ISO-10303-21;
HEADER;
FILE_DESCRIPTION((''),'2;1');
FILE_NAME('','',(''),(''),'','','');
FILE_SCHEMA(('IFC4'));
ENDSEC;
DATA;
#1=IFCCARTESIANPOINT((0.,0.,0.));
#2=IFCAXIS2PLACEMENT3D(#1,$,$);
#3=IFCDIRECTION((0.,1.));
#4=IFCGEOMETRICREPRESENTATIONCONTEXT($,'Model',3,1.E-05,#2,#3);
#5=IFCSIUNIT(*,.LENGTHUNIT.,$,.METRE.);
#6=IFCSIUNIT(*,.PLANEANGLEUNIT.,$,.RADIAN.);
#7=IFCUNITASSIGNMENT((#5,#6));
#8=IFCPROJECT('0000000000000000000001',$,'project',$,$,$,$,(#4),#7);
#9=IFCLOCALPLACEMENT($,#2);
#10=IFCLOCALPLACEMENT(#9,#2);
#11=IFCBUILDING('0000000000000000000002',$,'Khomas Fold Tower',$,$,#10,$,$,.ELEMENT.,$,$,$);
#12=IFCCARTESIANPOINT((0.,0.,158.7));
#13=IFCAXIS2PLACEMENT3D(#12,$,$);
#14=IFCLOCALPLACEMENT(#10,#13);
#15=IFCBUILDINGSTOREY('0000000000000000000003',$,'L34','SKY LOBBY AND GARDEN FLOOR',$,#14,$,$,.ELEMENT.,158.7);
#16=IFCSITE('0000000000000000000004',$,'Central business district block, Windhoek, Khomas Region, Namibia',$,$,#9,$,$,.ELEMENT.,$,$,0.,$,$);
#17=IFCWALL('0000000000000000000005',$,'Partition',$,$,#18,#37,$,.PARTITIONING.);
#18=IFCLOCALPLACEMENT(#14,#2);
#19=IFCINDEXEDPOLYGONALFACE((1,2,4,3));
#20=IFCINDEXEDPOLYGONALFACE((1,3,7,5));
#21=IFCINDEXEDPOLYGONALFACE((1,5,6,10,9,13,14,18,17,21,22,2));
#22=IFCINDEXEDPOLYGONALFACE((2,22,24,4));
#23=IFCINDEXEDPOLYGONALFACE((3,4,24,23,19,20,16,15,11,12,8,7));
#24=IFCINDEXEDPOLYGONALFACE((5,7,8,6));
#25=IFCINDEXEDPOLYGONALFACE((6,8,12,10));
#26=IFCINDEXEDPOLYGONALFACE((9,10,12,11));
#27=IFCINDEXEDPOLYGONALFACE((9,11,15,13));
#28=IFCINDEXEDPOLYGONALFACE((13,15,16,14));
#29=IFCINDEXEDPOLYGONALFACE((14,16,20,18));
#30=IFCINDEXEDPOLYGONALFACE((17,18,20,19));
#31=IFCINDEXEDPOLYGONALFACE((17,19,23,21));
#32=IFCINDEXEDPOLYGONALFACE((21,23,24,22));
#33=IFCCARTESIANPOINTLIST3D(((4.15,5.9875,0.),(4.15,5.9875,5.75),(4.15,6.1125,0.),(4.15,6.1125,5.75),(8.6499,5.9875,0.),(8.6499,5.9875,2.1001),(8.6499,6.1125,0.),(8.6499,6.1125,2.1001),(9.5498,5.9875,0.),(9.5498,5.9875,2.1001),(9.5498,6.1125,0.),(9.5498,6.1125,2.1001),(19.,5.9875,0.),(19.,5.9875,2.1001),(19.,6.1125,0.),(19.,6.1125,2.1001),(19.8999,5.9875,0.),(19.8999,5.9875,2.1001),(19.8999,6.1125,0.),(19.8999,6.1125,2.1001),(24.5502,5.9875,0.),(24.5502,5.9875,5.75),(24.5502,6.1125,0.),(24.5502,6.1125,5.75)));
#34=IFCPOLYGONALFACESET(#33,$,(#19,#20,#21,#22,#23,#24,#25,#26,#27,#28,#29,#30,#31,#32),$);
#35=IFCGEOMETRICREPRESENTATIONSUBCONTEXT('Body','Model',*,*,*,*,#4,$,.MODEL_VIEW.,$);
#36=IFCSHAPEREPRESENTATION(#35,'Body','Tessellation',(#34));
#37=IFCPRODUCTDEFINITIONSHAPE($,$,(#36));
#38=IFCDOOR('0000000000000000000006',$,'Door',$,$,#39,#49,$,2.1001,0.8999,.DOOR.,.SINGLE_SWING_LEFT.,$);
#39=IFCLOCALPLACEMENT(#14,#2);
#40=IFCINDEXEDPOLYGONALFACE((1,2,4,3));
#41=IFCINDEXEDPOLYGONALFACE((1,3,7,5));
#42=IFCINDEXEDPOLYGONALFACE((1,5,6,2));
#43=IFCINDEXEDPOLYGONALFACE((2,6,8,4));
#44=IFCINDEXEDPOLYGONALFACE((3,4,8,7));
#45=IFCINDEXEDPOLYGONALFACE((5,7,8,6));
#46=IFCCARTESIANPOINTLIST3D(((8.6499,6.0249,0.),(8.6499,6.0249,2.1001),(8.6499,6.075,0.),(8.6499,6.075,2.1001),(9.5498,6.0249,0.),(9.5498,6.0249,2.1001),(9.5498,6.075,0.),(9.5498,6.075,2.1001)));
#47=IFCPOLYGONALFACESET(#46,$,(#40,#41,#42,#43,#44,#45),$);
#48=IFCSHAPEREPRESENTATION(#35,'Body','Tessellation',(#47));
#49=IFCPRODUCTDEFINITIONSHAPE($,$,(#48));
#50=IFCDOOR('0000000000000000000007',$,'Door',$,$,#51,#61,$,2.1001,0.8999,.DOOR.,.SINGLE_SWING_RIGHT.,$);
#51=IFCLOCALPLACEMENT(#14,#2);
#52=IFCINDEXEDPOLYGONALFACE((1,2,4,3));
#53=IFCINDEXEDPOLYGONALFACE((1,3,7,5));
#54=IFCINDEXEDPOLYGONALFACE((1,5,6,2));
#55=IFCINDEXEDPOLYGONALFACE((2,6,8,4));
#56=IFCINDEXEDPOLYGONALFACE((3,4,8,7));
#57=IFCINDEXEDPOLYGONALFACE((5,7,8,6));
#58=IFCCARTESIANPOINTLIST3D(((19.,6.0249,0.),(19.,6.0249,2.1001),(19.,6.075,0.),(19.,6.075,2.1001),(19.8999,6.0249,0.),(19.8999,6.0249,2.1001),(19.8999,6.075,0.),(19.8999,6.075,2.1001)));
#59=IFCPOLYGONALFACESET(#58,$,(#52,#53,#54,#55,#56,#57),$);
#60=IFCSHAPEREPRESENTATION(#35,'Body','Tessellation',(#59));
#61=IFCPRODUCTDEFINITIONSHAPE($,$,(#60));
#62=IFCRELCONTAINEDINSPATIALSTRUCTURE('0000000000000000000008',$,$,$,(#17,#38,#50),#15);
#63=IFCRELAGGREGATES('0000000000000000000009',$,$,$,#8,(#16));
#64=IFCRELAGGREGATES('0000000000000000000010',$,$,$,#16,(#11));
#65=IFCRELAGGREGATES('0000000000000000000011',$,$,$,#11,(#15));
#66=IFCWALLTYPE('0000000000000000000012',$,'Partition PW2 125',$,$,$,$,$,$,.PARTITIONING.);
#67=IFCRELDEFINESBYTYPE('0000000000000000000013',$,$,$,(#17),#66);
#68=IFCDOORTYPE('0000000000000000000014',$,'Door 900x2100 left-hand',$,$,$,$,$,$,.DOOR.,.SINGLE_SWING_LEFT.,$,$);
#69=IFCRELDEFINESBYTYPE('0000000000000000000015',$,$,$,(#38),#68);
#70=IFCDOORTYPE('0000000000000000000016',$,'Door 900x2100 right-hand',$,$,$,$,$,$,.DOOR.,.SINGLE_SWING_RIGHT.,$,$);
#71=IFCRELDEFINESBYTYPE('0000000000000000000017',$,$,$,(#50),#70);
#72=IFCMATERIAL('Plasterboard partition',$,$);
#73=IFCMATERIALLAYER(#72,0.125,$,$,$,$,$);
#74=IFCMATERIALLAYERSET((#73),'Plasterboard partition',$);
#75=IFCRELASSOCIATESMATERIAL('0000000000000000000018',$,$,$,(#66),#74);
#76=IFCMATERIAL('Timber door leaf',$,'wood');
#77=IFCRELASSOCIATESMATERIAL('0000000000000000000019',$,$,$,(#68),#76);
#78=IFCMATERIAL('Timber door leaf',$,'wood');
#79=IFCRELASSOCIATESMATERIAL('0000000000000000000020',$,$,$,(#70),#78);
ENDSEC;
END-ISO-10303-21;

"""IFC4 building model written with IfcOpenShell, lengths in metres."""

from ifc_helpers import new_model, si_unit, direction, frame, frame_2d, origin, place, context, subcontext, project, spatial, rectangle, extrude, source, transform, mapped, material, layer, layer_set, type_object, element, fill, save


model = new_model("IFC4")

# Units and contexts
model_context = context("Model", 3, precision=1e-05, world=origin(), true_north=direction((0.0, 1.0)))
body_context = subcontext(model_context, "Body", "Model", "MODEL_VIEW")
ifc_project = project(units=[si_unit("LENGTHUNIT", "METRE"), si_unit("PLANEANGLEUNIT", "RADIAN")], contexts=[model_context])

# Site, building, storey
site_placement = place(None, origin())
site = spatial("IfcSite", under=ifc_project, at=site_placement, Name="Central business district block, Windhoek, Khomas Region, Namibia", CompositionType="ELEMENT", RefElevation=0.0)
building_placement = place(site_placement, origin())
building = spatial("IfcBuilding", under=site, at=building_placement, Name="Khomas Fold Tower", CompositionType="ELEMENT")
storey_placement = place(building_placement, frame((0.0, 0.0, 158.7)))
storey = spatial("IfcBuildingStorey", under=building, at=storey_placement, Name="L34", Description="SKY LOBBY AND GARDEN FLOOR", CompositionType="ELEMENT", Elevation=158.7)

# Wall, openings, doors
ifc_material_1 = material(Name="Plasterboard partition")
ifc_layer_1 = layer(ifc_material_1, 0.125)
ifc_layer_set_1 = layer_set([ifc_layer_1], Name="Plasterboard partition")
wall_type_1 = type_object("IfcWallType", Name="Partition PW2 125", PredefinedType="PARTITIONING", material=ifc_layer_set_1)
shared_shape_1 = source(origin(), body_context, "Body", "SweptSolid", [
    extrude(rectangle(XDim=20.4001, YDim=0.125, at=frame_2d((10.2002, 0.0))), origin(), (0.0, 0.0, 1.0), 5.75),
])
wall_1_placement = place(storey_placement, frame((4.1499, 6.05, 0.0), z_axis=(0.0, 0.0, 1.0), x_axis=(1.0, 0.0, 0.0)))
wall_1 = element("IfcWall", 1, at=wall_1_placement, inside=storey, type_object=wall_type_1, Name="Partition", PredefinedType="PARTITIONING", context=body_context, shape_type="MappedRepresentation", body=[
    mapped(shared_shape_1, transform((0.0, 0.0, 0.0))),
])
shared_shape_2 = source(origin(), body_context, "Body", "SweptSolid", [
    extrude(rectangle(XDim=0.8999, YDim=2.1001, at=frame_2d((0.45, 1.05))), frame((0.0, 0.0725, 0.0), z_axis=(0.0, -1.0, 0.0), x_axis=(1.0, 0.0, 0.0)), (0.0, 0.0, 1.0), 0.145),
])
opening_1_placement = place(wall_1_placement, frame((4.5, 0.0, 0.0)))
opening_1 = element("IfcOpeningElement", 2, at=opening_1_placement, cuts=wall_1, PredefinedType="OPENING", context=body_context, shape_type="MappedRepresentation", body=[
    mapped(shared_shape_2, transform((0.0, 0.0, 0.0))),
])
opening_2_placement = place(wall_1_placement, frame((14.8501, 0.0, 0.0)))
opening_2 = element("IfcOpeningElement", 3, at=opening_2_placement, cuts=wall_1, PredefinedType="OPENING", context=body_context, shape_type="MappedRepresentation", body=[
    mapped(shared_shape_2, transform((0.0, 0.0, 0.0))),
])
ifc_material_2 = material(Name="Timber door leaf", Category="wood")
door_type_1 = type_object("IfcDoorType", Name="Door 900x2100 left-hand", OperationType="SINGLE_SWING_LEFT", PredefinedType="DOOR", material=ifc_material_2)
shared_shape_3 = source(origin(), body_context, "Body", "SweptSolid", [
    extrude(rectangle(XDim=0.8999, YDim=2.1001, at=frame_2d((0.45, 1.05))), frame((0.0, 0.0249, 0.0), z_axis=(0.0, -1.0, 0.0), x_axis=(1.0, 0.0, 0.0)), (0.0, 0.0, 1.0), 0.05),
])
door_1_placement = place(opening_1_placement, origin())
door_1 = element("IfcDoor", 4, at=door_1_placement, inside=storey, type_object=door_type_1, Name="Door", OperationType="SINGLE_SWING_LEFT", OverallHeight=2.1001, OverallWidth=0.8999, PredefinedType="DOOR", context=body_context, shape_type="MappedRepresentation", body=[
    mapped(shared_shape_3, transform((0.0, 0.0, 0.0))),
])
fill(opening_1, door_1)
ifc_material_3 = material(Name="Timber door leaf", Category="wood")
door_type_2 = type_object("IfcDoorType", Name="Door 900x2100 right-hand", OperationType="SINGLE_SWING_RIGHT", PredefinedType="DOOR", material=ifc_material_3)
door_2_placement = place(opening_2_placement, origin())
door_2 = element("IfcDoor", 5, at=door_2_placement, inside=storey, type_object=door_type_2, Name="Door", OperationType="SINGLE_SWING_RIGHT", OverallHeight=2.1001, OverallWidth=0.8999, PredefinedType="DOOR", context=body_context, shape_type="MappedRepresentation", body=[
    mapped(shared_shape_3, transform((0.0, 0.0, 0.0))),
])
fill(opening_2, door_2)

save(model, "model.ifc")
